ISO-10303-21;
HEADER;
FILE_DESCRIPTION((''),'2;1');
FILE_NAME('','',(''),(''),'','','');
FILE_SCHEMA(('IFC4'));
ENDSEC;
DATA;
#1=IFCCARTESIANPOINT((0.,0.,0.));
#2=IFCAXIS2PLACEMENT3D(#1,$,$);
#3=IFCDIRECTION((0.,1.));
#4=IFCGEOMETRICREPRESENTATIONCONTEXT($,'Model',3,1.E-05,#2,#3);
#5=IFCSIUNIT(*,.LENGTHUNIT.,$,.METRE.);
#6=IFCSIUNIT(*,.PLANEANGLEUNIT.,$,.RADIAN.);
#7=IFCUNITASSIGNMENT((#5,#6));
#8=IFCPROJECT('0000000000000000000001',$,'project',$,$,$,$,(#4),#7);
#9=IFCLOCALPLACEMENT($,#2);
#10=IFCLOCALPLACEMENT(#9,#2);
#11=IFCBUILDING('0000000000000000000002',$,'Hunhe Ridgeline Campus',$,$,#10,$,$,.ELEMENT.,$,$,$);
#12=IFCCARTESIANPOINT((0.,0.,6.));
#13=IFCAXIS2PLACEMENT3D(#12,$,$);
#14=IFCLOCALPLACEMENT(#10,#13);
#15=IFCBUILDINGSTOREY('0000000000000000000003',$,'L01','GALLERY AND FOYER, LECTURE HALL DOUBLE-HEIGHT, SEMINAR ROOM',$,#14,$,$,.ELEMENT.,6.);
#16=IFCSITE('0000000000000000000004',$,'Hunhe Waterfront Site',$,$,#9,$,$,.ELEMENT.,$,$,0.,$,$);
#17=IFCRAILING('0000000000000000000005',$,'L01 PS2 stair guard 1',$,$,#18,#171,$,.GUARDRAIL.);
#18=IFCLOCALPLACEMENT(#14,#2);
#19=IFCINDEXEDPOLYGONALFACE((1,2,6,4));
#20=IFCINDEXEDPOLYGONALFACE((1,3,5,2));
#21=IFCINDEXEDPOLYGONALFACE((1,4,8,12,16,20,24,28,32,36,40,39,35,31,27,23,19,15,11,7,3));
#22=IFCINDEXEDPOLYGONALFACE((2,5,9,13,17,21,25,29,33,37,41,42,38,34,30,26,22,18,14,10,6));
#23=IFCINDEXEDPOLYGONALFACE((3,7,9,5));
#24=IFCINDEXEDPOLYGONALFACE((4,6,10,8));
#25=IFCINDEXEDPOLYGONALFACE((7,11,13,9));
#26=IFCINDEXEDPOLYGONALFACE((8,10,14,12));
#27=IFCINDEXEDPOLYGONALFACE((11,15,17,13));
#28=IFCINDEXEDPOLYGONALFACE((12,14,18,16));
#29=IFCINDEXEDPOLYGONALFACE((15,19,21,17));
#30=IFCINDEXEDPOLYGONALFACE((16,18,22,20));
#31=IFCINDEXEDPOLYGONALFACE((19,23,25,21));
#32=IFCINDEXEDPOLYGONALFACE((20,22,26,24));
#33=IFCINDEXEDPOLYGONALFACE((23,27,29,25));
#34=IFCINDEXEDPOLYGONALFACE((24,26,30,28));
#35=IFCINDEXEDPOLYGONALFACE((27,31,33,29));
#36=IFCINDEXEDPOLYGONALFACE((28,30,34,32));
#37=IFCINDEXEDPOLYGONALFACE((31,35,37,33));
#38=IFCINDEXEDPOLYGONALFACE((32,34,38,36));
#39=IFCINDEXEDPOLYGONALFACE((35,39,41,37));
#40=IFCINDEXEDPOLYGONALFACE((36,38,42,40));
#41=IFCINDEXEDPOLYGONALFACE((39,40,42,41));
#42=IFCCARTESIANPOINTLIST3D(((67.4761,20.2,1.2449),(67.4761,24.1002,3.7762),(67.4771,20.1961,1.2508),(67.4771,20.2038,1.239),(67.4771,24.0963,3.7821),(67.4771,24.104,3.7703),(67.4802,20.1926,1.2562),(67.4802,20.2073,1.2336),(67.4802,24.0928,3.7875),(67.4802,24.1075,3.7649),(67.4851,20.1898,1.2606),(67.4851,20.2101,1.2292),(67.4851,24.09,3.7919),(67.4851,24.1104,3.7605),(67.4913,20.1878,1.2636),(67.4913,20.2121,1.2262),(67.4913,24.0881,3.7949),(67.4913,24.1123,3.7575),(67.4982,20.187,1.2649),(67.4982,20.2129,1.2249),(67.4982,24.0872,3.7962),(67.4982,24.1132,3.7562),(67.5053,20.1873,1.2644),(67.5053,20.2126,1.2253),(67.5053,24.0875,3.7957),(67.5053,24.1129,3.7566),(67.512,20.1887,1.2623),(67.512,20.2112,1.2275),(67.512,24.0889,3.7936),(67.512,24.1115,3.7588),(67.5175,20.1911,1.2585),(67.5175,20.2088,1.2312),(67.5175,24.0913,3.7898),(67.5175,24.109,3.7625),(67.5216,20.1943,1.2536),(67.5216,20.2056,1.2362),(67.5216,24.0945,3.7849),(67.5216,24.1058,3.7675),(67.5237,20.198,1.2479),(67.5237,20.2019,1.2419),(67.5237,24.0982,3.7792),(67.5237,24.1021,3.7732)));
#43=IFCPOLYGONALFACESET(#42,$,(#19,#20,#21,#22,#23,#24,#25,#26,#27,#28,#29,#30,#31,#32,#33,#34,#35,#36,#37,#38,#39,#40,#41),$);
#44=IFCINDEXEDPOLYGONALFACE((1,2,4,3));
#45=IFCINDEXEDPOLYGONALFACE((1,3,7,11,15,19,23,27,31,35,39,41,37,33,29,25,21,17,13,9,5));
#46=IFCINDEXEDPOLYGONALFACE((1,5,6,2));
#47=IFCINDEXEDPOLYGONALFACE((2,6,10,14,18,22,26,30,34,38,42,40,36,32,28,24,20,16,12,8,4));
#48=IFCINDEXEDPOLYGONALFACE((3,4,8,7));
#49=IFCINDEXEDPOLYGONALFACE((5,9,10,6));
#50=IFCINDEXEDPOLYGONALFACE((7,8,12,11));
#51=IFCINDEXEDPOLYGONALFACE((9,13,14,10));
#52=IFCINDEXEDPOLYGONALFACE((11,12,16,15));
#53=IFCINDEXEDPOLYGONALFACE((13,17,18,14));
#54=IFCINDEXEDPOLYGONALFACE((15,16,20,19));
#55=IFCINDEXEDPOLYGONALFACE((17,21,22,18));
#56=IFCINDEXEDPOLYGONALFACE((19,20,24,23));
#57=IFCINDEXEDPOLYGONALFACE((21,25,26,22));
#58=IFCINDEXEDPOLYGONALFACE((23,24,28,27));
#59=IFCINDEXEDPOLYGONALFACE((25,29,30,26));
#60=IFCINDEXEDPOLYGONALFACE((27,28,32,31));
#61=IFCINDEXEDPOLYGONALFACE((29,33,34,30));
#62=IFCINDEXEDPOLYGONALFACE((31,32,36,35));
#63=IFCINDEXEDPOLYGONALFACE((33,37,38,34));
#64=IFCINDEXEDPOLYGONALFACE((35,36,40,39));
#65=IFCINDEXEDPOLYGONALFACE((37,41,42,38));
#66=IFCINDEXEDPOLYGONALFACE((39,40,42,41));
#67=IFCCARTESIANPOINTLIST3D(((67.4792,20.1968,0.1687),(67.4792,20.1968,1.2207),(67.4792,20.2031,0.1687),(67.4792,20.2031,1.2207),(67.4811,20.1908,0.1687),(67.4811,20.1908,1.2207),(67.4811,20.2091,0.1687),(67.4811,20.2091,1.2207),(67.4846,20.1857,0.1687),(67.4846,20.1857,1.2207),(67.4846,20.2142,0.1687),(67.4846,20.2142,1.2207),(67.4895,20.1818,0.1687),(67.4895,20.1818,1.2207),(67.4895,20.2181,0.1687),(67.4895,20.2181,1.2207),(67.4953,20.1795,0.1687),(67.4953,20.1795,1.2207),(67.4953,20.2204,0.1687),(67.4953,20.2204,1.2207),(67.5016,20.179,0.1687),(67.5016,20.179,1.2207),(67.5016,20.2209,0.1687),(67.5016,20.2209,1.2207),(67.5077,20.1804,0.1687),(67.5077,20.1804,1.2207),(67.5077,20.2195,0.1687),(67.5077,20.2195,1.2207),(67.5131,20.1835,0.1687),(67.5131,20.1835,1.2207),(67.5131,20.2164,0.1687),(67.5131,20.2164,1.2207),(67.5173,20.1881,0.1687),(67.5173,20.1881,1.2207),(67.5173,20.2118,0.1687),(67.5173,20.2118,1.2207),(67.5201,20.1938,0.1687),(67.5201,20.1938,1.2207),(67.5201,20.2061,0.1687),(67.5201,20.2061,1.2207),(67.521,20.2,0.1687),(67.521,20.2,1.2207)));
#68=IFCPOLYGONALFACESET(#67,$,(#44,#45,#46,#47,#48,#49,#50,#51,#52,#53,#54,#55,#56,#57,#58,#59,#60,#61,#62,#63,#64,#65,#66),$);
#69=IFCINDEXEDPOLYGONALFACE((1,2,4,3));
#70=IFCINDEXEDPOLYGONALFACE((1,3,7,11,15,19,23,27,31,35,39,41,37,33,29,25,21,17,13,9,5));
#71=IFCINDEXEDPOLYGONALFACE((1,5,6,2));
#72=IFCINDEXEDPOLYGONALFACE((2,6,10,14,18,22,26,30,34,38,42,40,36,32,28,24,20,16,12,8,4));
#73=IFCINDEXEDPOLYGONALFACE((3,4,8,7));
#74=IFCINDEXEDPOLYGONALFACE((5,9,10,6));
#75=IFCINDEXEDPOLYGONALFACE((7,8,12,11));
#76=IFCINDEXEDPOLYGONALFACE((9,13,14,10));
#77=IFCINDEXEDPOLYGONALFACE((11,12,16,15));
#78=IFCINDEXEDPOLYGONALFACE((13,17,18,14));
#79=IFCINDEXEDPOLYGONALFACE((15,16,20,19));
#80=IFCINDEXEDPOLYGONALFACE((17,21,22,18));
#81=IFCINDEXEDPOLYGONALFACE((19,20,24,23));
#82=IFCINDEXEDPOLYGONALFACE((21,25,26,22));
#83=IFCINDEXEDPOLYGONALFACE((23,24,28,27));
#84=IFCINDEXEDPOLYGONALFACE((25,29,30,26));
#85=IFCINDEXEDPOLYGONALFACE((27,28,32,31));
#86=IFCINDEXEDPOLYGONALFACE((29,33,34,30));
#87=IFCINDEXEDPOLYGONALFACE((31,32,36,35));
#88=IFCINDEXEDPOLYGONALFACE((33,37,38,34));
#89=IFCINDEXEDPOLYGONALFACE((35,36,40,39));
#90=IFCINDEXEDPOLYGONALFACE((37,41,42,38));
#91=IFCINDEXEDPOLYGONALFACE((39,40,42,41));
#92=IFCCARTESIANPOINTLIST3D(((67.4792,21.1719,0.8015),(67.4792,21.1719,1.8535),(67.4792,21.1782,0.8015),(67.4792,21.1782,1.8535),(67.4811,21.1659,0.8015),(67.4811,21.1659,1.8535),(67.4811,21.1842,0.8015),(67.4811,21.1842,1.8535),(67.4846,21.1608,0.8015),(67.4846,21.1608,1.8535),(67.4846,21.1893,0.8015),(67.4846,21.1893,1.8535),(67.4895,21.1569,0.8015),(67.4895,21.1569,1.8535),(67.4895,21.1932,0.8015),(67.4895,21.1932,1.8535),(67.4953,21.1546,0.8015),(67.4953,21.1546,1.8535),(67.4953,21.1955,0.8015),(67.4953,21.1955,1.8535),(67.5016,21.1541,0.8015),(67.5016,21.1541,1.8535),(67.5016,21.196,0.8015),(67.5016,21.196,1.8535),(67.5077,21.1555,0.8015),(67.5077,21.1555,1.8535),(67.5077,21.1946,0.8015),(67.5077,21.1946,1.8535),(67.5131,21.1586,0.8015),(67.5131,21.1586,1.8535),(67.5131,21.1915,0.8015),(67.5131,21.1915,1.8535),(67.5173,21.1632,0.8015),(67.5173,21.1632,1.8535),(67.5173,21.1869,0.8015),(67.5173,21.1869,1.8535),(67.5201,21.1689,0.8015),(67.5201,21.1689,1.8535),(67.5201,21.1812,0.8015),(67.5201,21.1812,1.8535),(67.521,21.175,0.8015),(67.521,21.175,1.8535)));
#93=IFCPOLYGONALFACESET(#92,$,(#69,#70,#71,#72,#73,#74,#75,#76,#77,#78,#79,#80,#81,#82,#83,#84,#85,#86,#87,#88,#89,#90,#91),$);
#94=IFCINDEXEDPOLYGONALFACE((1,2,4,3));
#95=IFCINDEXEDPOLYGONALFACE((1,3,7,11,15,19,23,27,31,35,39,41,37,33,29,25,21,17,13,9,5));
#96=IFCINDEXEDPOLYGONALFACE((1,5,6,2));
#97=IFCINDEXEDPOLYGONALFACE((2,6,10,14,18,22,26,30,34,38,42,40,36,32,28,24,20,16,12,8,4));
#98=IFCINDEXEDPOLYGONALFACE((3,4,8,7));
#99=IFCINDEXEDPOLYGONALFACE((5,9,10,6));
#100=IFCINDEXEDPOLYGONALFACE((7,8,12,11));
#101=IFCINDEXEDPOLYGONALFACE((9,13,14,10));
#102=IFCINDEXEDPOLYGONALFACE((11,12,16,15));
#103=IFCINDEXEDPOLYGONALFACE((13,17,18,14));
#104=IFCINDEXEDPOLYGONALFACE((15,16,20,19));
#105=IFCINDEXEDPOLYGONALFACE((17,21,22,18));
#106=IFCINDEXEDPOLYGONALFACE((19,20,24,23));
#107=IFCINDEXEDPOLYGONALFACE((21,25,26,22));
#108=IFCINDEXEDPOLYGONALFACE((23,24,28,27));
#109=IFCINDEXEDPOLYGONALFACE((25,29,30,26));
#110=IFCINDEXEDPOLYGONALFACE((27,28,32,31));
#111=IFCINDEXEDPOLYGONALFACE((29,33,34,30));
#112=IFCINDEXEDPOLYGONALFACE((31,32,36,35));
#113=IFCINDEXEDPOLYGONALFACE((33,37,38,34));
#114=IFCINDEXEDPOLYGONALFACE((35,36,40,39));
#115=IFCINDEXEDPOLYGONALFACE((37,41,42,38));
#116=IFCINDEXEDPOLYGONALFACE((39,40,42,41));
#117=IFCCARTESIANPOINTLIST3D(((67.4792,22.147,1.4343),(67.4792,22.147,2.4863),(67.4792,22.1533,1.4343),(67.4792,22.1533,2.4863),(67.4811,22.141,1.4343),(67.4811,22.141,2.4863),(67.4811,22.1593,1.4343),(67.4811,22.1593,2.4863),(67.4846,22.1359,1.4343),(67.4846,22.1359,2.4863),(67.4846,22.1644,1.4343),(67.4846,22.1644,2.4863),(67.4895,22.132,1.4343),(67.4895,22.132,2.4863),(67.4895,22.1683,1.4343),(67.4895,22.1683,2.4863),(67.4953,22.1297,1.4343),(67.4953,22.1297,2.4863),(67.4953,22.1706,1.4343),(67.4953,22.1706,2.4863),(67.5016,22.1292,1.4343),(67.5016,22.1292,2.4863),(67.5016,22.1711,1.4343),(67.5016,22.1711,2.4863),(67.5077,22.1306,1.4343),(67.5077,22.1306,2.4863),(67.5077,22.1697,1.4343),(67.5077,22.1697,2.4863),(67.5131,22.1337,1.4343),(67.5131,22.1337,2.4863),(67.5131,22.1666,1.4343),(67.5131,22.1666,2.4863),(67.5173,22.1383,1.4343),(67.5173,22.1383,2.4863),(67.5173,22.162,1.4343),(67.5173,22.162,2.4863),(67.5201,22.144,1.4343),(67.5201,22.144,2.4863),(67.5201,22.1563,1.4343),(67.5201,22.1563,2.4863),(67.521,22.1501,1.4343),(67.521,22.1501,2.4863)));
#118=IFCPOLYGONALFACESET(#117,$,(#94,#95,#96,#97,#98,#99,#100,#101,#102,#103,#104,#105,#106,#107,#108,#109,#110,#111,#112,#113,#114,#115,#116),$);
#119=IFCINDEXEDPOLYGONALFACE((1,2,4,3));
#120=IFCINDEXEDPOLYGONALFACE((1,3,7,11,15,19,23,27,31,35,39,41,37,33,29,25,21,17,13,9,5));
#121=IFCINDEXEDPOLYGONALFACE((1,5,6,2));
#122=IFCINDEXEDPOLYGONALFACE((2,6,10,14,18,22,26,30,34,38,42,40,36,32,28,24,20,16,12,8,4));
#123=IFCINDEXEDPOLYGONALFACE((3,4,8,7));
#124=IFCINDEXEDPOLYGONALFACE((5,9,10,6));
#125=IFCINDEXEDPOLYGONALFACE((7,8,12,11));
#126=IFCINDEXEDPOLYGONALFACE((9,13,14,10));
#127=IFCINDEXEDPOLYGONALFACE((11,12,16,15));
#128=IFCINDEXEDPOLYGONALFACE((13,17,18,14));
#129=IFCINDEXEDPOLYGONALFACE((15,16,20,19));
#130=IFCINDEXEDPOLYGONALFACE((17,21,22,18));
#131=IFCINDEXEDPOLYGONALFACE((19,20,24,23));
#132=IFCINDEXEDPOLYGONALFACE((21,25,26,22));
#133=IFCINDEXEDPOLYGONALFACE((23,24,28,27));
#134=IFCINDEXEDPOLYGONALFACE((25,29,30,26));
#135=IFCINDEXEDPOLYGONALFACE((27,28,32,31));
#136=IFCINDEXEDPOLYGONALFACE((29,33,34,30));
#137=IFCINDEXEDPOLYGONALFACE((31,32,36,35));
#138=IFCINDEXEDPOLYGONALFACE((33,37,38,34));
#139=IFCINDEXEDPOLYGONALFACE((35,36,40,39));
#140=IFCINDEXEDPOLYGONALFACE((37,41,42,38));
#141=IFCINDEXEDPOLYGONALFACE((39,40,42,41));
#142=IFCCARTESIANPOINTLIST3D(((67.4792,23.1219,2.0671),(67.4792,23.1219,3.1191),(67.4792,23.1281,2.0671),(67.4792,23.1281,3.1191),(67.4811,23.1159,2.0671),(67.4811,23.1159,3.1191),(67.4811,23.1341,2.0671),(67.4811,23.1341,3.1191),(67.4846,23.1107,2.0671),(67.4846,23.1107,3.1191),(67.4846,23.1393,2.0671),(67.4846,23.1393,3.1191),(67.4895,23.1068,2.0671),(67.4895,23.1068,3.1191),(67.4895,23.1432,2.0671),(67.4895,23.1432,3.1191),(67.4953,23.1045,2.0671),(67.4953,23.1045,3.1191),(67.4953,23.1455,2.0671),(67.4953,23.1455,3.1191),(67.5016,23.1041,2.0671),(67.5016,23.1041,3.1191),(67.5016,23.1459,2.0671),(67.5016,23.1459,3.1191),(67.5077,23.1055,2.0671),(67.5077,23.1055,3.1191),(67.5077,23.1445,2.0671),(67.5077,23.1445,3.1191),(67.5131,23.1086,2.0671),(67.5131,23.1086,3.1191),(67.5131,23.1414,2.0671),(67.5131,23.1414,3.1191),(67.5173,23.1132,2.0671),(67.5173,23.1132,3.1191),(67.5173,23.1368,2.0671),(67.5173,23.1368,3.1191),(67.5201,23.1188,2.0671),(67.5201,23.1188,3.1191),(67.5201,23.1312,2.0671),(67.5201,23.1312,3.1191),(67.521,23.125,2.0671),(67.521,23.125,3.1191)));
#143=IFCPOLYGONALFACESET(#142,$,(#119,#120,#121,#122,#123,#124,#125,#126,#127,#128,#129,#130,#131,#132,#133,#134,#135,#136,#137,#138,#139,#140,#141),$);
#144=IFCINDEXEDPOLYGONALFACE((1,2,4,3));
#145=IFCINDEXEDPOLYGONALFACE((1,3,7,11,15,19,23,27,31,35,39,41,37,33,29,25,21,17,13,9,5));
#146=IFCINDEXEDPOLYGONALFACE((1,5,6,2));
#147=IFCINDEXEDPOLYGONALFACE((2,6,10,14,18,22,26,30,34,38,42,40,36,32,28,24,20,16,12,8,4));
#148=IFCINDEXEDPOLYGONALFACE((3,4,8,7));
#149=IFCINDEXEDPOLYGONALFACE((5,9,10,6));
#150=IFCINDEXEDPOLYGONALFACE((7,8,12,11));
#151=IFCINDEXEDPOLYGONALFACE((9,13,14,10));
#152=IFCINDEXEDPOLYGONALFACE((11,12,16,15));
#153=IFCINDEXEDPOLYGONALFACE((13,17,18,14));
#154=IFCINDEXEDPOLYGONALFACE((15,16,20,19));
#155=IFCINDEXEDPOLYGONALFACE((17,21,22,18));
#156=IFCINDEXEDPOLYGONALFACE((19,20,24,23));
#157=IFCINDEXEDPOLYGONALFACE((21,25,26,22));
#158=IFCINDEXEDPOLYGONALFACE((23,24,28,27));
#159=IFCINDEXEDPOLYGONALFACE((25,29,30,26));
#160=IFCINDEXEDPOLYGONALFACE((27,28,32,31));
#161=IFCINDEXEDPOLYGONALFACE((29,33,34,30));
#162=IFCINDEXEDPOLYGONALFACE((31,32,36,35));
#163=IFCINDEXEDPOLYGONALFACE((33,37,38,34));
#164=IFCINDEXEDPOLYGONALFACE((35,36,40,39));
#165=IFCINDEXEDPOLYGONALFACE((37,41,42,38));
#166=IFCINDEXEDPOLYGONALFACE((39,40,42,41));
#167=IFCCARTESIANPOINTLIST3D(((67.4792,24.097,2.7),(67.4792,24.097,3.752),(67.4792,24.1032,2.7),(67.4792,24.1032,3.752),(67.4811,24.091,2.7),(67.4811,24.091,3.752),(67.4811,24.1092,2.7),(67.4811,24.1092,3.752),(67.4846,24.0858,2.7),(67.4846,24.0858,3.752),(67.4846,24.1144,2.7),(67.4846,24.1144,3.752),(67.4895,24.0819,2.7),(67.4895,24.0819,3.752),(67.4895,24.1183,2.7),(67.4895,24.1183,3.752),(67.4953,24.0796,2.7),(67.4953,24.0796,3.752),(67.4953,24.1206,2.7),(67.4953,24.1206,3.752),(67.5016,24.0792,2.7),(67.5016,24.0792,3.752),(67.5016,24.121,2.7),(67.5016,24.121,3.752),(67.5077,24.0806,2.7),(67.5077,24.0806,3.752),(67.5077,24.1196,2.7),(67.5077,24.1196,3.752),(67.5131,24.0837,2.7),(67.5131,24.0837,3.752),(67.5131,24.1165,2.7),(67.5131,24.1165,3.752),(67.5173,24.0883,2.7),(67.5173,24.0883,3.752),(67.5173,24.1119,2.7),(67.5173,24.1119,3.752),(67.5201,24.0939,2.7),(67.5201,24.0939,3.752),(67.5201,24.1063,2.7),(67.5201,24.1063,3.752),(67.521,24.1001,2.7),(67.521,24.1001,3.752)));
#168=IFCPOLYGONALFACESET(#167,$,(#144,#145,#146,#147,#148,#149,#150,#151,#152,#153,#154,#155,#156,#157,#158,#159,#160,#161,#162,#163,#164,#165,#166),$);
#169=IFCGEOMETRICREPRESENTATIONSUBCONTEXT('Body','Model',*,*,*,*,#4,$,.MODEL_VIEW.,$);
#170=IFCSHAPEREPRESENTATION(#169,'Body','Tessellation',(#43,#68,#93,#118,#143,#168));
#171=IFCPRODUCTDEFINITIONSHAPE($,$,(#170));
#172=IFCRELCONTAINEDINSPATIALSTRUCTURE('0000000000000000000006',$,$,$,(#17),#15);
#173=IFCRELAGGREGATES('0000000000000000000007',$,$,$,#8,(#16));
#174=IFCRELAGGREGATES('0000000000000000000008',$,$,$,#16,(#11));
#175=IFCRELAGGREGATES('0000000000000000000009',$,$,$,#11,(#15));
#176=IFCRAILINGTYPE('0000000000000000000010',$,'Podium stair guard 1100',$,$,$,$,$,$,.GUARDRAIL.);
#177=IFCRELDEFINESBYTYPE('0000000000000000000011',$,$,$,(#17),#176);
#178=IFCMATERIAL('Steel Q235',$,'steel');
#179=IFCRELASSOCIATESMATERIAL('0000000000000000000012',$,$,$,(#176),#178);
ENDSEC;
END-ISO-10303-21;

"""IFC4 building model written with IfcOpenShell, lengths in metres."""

from ifc_helpers import new_model, si_unit, direction, frame, origin, origin_2d, place, context, subcontext, project, spatial, circle, extrude, material, type_object, element, save


model = new_model("IFC4")

# Units and contexts
model_context = context("Model", 3, precision=1e-05, world=origin(), true_north=direction((0.0, 1.0)))
body_context = subcontext(model_context, "Body", "Model", "MODEL_VIEW")
ifc_project = project(units=[si_unit("LENGTHUNIT", "METRE"), si_unit("PLANEANGLEUNIT", "RADIAN")], contexts=[model_context])

# Site, building, storey
site_placement = place(None, origin())
site = spatial("IfcSite", under=ifc_project, at=site_placement, Name="Hunhe Waterfront Site", CompositionType="ELEMENT", RefElevation=0.0)
building_placement = place(site_placement, origin())
building = spatial("IfcBuilding", under=site, at=building_placement, Name="Hunhe Ridgeline Campus", CompositionType="ELEMENT")
storey_placement = place(building_placement, frame((0.0, 0.0, 6.0)))
storey = spatial("IfcBuildingStorey", under=building, at=storey_placement, Name="L01", Description="GALLERY AND FOYER, LECTURE HALL DOUBLE-HEIGHT, SEMINAR ROOM", CompositionType="ELEMENT", Elevation=6.0)

# Shared definitions
ifc_material_1 = material(Name="Steel Q235", Category="steel")

# Railing
railing_type_1 = type_object("IfcRailingType", Name="Podium stair guard 1100", PredefinedType="GUARDRAIL", material=ifc_material_1)
railing_1_placement = place(storey_placement, frame((67.5, 20.2, 0.1687)))
element("IfcRailing", 1, at=railing_1_placement, inside=storey, type_object=railing_type_1, Name="L01 PS2 stair guard 1", PredefinedType="GUARDRAIL", context=body_context, shape_type="SweptSolid", body=[
    extrude(circle(Radius=0.0239, at=origin_2d()), frame((0.0, 0.0, 1.0762), z_axis=(0.0, 0.838821, 0.544407), x_axis=(-1.0, 0.0, 0.0)), (0.0, 0.0, 1.0), 4.6497),
    extrude(circle(Radius=0.021, at=origin_2d()), origin(), (0.0, 0.0, 1.0), 1.052),
    extrude(circle(Radius=0.021, at=origin_2d()), frame((0.0, 0.9751, 0.6328)), (0.0, 0.0, 1.0), 1.052),
    extrude(circle(Radius=0.021, at=origin_2d()), frame((0.0, 1.9502, 1.2656)), (0.0, 0.0, 1.0), 1.052),
    extrude(circle(Radius=0.021, at=origin_2d()), frame((0.0, 2.925, 1.8984)), (0.0, 0.0, 1.0), 1.052),
    extrude(circle(Radius=0.021, at=origin_2d()), frame((0.0, 3.9001, 2.5312)), (0.0, 0.0, 1.0), 1.052),
])

save(model, "model.ifc")
